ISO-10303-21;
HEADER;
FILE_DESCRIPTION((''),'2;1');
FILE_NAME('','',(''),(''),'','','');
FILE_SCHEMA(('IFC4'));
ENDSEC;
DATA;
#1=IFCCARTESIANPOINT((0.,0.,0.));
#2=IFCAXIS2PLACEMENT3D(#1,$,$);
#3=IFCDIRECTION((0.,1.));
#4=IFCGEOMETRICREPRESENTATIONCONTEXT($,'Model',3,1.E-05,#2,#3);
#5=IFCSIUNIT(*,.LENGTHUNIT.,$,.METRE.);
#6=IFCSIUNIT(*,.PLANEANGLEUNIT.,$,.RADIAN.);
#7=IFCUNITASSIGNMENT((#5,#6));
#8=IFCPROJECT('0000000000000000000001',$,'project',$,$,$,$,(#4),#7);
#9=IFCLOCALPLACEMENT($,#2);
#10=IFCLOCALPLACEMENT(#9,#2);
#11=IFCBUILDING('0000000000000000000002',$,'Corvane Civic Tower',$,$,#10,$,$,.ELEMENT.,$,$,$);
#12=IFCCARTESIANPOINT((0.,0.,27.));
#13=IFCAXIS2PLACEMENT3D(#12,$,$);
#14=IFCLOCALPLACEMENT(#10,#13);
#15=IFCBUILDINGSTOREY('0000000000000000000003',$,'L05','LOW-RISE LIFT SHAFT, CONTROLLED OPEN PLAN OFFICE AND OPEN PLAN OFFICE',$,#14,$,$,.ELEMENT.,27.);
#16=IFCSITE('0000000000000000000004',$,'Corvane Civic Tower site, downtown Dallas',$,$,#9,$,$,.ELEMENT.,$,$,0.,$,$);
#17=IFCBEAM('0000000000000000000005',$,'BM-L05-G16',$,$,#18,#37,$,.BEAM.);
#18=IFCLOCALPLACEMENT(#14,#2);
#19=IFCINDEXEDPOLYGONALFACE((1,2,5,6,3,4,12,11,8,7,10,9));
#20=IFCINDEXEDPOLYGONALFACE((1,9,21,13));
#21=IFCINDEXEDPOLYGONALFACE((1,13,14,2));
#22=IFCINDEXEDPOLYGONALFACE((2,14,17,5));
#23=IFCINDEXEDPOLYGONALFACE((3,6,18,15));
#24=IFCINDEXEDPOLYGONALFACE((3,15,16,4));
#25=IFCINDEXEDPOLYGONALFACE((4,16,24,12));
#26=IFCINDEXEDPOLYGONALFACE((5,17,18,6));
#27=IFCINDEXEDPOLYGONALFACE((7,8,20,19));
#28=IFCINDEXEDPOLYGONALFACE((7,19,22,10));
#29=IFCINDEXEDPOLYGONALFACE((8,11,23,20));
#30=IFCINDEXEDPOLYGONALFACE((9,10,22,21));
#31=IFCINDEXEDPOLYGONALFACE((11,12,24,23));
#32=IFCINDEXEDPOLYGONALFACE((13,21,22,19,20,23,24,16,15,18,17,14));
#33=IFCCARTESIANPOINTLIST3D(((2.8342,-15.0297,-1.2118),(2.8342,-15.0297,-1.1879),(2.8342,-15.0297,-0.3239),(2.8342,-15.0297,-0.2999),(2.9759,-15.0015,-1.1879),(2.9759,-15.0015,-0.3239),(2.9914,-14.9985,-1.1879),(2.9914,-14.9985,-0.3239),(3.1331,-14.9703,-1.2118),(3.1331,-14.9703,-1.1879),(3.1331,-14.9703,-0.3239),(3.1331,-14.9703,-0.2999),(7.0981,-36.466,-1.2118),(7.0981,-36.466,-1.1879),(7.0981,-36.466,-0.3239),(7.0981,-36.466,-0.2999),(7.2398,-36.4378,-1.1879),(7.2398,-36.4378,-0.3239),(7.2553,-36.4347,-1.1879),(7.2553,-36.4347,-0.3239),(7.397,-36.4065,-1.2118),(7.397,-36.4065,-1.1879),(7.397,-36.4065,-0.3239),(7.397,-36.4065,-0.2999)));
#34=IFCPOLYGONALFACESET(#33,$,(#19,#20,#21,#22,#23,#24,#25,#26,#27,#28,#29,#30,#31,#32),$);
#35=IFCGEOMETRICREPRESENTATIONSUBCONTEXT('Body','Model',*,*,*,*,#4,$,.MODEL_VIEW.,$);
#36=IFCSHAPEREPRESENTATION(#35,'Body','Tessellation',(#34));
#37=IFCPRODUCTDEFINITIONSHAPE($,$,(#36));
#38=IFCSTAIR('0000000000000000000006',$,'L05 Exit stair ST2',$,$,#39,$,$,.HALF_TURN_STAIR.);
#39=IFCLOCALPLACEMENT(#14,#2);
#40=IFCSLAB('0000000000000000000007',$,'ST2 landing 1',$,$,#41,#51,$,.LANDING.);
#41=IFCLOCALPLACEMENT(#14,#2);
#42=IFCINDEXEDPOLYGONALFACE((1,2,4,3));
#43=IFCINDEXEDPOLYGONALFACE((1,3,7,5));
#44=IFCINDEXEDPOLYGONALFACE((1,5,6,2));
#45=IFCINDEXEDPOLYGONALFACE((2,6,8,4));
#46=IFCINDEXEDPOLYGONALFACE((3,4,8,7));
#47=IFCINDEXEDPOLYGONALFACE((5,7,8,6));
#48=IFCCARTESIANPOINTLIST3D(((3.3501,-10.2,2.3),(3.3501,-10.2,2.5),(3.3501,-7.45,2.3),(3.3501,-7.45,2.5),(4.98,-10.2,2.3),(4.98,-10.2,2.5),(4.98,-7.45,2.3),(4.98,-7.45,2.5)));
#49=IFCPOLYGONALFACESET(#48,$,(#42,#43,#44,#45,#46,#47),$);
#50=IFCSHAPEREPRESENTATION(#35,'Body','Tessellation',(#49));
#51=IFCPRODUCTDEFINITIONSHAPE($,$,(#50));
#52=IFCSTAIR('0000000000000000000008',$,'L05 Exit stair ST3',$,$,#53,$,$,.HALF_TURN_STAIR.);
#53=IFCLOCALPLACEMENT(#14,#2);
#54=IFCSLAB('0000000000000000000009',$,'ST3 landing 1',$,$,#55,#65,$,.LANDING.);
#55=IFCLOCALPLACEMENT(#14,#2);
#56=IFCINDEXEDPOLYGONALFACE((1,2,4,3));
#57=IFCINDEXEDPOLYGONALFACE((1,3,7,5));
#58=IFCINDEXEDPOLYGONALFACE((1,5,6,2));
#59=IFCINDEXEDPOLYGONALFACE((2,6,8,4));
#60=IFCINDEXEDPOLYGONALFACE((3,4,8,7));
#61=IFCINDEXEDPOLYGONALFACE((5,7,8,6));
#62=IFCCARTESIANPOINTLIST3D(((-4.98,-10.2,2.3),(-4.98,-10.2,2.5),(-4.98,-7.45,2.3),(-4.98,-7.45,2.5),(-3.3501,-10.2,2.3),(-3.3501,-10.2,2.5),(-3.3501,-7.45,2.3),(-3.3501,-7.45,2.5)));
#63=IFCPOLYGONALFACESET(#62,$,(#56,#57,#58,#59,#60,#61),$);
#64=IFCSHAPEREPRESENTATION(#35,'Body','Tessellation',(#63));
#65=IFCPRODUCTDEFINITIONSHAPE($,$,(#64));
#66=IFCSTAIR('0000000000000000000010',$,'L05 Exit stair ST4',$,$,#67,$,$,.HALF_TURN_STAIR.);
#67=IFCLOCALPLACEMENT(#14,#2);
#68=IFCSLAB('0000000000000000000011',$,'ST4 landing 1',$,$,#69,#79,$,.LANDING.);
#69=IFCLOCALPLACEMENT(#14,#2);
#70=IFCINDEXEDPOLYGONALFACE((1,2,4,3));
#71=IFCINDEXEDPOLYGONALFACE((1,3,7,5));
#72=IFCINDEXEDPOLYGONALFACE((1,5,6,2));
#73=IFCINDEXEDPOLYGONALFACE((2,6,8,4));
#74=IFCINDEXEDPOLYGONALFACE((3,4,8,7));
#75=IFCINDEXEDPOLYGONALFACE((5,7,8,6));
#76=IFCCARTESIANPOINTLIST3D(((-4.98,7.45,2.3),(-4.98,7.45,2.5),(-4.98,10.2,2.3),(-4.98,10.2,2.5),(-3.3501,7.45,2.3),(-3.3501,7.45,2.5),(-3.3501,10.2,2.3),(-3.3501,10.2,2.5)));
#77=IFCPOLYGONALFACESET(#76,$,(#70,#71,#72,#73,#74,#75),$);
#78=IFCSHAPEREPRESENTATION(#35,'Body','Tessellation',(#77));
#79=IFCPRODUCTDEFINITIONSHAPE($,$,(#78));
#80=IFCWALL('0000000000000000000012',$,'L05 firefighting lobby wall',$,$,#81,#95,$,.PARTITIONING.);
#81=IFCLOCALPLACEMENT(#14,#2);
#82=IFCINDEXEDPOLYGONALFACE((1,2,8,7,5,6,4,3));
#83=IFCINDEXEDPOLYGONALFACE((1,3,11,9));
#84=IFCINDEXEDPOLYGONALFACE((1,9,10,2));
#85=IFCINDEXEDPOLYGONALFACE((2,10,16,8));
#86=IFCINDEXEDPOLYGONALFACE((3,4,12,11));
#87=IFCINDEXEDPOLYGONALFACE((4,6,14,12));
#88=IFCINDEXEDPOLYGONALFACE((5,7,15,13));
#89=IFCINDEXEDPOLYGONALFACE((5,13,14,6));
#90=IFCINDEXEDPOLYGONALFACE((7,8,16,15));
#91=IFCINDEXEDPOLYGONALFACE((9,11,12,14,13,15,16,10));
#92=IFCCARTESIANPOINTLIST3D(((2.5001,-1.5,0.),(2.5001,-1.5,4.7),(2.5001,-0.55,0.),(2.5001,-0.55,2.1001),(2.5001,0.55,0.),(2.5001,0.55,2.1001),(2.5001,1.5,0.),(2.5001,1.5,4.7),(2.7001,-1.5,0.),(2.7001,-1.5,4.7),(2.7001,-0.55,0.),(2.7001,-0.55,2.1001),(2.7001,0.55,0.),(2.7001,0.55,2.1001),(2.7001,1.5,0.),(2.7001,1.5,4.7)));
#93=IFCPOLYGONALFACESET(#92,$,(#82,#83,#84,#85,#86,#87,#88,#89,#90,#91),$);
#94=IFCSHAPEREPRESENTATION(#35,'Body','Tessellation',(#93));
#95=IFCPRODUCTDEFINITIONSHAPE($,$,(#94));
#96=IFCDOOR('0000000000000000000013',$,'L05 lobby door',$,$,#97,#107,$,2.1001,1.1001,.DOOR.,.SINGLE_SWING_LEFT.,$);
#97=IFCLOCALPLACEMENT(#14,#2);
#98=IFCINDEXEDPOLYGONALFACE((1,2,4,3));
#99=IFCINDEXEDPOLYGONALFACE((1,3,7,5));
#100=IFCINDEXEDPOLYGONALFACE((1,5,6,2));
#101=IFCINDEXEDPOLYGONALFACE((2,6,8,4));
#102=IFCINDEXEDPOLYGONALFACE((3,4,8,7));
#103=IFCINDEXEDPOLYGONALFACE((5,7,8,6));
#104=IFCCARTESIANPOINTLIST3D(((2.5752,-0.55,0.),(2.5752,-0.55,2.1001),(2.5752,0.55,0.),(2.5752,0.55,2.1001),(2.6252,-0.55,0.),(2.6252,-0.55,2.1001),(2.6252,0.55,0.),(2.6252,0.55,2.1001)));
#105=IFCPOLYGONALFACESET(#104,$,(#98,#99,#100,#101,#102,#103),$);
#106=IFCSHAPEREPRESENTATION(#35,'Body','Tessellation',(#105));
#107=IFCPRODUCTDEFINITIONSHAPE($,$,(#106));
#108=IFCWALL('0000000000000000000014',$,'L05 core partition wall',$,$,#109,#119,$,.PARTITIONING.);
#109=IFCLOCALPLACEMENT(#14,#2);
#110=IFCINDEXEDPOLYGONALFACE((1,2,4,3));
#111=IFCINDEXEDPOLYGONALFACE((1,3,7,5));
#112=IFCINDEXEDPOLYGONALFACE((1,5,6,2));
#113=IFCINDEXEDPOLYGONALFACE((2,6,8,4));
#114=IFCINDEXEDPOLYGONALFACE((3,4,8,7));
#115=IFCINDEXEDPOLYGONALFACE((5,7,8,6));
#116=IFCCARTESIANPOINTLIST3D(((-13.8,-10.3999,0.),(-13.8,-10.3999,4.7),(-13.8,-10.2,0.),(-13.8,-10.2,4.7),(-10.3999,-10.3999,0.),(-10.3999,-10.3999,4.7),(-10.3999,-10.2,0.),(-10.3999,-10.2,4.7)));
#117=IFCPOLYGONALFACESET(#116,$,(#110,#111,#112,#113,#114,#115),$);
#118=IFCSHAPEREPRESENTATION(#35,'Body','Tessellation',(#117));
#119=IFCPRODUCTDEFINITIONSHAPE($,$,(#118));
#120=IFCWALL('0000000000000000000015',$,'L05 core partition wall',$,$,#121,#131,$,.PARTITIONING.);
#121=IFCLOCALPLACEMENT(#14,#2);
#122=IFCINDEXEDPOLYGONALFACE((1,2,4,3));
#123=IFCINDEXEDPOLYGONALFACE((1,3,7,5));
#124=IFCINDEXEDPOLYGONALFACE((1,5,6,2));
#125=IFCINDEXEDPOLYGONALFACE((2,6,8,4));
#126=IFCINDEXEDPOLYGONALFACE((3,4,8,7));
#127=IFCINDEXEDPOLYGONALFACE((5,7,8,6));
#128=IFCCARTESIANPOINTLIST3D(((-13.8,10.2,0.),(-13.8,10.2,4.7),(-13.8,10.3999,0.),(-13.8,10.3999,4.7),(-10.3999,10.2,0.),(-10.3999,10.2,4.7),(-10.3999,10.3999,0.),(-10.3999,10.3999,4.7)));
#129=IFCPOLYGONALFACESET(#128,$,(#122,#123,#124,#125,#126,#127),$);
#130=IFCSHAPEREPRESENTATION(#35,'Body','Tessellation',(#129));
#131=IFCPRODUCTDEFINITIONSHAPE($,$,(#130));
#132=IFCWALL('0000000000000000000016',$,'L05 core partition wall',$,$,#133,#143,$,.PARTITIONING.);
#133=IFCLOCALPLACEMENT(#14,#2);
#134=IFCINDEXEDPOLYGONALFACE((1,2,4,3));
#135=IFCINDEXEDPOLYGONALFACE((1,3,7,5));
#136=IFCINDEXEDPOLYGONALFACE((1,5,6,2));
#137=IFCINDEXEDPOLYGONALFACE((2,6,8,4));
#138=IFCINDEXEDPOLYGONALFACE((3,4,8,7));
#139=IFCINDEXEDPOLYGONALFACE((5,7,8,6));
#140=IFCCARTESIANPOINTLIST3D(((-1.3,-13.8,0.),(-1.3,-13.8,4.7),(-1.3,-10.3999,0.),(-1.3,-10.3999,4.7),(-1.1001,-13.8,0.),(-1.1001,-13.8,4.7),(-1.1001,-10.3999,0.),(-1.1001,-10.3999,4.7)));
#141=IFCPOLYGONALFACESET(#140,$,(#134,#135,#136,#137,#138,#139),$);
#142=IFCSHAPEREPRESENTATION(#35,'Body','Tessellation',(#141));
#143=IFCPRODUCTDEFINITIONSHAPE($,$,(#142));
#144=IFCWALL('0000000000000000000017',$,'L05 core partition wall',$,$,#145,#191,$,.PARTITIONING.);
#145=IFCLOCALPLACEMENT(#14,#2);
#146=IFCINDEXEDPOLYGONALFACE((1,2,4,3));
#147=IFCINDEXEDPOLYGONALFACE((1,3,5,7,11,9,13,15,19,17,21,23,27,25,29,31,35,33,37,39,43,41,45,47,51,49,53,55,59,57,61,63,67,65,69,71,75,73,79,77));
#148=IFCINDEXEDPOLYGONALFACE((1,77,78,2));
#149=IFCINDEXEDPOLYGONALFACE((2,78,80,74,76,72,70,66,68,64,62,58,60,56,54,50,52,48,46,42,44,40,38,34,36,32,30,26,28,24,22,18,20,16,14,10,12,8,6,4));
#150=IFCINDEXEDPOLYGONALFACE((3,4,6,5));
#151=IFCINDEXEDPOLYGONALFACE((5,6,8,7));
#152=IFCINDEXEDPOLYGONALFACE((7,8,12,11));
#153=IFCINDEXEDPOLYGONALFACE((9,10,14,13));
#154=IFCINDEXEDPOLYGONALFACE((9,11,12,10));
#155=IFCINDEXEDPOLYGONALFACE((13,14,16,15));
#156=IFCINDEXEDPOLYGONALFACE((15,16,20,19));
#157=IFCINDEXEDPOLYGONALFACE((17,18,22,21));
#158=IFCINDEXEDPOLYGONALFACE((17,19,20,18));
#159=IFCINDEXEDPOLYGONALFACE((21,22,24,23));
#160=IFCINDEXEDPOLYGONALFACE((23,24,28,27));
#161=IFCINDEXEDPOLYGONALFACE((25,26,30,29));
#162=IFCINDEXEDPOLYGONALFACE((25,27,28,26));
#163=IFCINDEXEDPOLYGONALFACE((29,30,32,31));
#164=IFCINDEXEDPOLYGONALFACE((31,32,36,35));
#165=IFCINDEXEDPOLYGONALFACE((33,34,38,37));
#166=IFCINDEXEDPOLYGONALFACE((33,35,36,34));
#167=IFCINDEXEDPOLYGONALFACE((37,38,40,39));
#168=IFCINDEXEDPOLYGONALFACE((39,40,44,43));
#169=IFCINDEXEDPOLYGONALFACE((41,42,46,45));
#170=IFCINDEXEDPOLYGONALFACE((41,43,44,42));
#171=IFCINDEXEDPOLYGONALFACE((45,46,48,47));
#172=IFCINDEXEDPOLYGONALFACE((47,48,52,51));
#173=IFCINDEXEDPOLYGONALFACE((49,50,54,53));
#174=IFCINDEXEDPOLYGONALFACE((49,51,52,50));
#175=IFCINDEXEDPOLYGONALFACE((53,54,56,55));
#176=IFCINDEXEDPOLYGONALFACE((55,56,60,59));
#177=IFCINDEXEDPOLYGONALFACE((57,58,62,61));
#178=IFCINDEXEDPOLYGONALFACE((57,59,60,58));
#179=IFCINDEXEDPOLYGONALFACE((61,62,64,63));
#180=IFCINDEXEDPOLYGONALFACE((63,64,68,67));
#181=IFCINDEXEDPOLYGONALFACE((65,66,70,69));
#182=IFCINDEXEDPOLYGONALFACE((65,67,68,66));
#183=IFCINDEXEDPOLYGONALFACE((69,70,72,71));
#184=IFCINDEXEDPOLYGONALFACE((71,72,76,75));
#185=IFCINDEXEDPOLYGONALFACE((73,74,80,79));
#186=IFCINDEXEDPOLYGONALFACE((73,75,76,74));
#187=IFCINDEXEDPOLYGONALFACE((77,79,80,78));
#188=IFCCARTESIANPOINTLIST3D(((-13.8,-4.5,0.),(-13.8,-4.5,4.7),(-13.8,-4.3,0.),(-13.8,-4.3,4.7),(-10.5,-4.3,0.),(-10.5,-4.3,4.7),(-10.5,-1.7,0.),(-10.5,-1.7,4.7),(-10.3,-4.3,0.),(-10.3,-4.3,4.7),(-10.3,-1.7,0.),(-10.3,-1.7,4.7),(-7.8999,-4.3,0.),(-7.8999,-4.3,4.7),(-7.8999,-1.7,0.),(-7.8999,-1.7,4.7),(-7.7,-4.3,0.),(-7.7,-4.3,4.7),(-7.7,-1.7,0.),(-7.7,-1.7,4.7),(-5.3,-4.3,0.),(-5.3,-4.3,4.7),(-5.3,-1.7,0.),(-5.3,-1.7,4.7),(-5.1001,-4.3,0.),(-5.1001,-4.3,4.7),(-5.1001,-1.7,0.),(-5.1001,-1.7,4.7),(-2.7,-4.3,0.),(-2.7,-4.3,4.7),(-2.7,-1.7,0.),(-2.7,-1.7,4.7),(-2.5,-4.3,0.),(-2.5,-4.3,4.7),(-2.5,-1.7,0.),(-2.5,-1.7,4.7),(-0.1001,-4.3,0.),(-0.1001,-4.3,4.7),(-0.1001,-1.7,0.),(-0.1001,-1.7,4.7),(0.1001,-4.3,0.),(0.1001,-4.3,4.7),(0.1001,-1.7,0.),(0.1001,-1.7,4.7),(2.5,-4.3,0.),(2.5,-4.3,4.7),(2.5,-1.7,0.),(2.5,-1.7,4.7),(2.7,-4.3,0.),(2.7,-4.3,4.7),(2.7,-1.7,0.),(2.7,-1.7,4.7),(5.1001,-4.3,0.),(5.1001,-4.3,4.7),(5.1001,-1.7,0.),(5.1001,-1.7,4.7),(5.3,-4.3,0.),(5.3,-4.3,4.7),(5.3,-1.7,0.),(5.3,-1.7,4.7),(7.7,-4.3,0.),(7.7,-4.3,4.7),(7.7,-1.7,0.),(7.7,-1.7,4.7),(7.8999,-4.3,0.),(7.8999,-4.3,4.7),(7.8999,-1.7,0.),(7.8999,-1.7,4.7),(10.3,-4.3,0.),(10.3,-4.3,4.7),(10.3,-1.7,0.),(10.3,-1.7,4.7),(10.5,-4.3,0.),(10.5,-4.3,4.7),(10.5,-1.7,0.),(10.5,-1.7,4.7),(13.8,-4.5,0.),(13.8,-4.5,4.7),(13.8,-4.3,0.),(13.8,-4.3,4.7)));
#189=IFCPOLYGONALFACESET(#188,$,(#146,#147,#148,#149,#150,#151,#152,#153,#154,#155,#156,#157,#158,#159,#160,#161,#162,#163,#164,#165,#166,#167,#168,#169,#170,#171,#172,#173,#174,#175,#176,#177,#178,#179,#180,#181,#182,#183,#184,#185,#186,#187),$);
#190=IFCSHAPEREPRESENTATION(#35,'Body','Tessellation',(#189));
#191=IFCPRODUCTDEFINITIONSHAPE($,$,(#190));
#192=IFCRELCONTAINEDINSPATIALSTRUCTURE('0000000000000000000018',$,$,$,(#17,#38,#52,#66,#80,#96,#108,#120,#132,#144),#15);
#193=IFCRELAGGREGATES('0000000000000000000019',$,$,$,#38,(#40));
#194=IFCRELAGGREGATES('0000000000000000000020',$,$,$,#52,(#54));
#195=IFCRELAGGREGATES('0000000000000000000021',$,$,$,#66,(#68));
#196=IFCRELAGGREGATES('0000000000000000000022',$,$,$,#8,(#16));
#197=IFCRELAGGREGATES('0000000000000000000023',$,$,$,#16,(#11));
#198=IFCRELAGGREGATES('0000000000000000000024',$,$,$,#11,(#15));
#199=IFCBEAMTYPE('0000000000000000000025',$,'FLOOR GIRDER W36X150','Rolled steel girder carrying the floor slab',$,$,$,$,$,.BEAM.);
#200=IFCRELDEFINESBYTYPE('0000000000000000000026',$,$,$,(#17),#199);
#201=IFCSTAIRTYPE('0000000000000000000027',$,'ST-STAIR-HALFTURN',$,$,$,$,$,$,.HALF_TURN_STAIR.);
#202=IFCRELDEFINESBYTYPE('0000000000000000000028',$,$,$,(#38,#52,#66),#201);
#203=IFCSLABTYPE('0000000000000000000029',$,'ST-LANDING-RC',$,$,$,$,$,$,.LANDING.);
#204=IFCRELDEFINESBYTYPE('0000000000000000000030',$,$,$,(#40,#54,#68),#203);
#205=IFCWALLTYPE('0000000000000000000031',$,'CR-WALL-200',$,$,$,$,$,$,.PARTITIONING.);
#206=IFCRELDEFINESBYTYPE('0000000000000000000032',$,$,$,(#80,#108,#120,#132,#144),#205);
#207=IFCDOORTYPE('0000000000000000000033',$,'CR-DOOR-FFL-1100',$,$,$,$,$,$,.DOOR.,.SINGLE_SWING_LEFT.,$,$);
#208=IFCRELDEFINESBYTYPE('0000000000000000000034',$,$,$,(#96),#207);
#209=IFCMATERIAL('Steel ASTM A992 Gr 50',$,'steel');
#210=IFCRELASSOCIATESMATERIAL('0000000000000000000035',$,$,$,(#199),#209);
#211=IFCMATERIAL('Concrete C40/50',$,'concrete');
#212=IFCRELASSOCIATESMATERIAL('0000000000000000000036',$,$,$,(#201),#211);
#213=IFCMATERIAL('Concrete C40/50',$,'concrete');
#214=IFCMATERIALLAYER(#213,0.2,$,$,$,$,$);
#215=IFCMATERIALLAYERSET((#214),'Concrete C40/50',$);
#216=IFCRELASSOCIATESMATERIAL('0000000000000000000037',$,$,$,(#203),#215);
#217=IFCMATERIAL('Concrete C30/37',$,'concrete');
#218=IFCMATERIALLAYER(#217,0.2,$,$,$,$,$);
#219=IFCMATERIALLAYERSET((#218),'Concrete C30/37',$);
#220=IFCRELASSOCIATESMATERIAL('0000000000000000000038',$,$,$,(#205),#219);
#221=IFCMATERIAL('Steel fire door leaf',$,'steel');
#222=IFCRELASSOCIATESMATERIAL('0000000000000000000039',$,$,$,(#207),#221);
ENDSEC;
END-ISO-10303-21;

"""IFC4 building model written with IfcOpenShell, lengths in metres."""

from ifc_helpers import new_model, si_unit, direction, frame, frame_2d, origin, origin_2d, place, context, subcontext, project, spatial, polyline, rectangle, i_section, outline, extrude, material, layer, layer_set, material_profile, profile_set, type_object, element, fill, aggregate, save


model = new_model("IFC4")

# Units and contexts
model_context = context("Model", 3, precision=1e-05, world=origin(), true_north=direction((0.0, 1.0)))
body_context = subcontext(model_context, "Body", "Model", "MODEL_VIEW")
ifc_project = project(units=[si_unit("LENGTHUNIT", "METRE"), si_unit("PLANEANGLEUNIT", "RADIAN")], contexts=[model_context])

# Site, building, storey
site_placement = place(None, origin())
site = spatial("IfcSite", under=ifc_project, at=site_placement, Name="Corvane Civic Tower site, downtown Dallas", CompositionType="ELEMENT", RefElevation=0.0)
building_placement = place(site_placement, origin())
building = spatial("IfcBuilding", under=site, at=building_placement, Name="Corvane Civic Tower", CompositionType="ELEMENT")
storey_placement = place(building_placement, frame((0.0, 0.0, 27.0)))
storey = spatial("IfcBuildingStorey", under=building, at=storey_placement, Name="L05", Description="LOW-RISE LIFT SHAFT, CONTROLLED OPEN PLAN OFFICE AND OPEN PLAN OFFICE", CompositionType="ELEMENT", Elevation=27.0)

# Beam
ifc_material_1 = material(Name="Steel ASTM A992 Gr 50", Category="steel")
ifc_material_profile = material_profile(ifc_material_1, i_section(OverallWidth=0.3047, OverallDepth=0.9119, WebThickness=0.0159, FlangeThickness=0.0239, at=origin_2d()), Name="W36X150")
ifc_profile_set = profile_set([ifc_material_profile], Name="Steel ASTM A992 Gr 50")
beam_type = type_object("IfcBeamType", Name="FLOOR GIRDER W36X150", Description="Rolled steel girder carrying the floor slab", PredefinedType="BEAM", material=ifc_profile_set)
beam_placement = place(storey_placement, frame((2.9836, -15.0, -0.7559), z_axis=(0.195089, -0.980785, 0.0), x_axis=(0.980785, 0.195089, 0.0)))
element("IfcBeam", 1, at=beam_placement, inside=storey, type_object=beam_type, Name="BM-L05-G16", PredefinedType="BEAM", context=body_context, shape_type="SweptSolid", body=[
    extrude(i_section(OverallWidth=0.3047, OverallDepth=0.9119, WebThickness=0.0159, FlangeThickness=0.0239, at=origin_2d()), origin(), (0.0, 0.0, 1.0), 21.8562),
])

# Stairs, slabs
ifc_material_2 = material(Name="Concrete C40/50", Category="concrete")
stair_type = type_object("IfcStairType", Name="ST-STAIR-HALFTURN", PredefinedType="HALF_TURN_STAIR", material=ifc_material_2)
stair_1_placement = place(storey_placement, origin())
stair_1 = element("IfcStair", 2, at=stair_1_placement, inside=storey, type_object=stair_type, Name="L05 Exit stair ST2", PredefinedType="HALF_TURN_STAIR")
ifc_material_3 = material(Name="Concrete C40/50", Category="concrete")
ifc_layer_1 = layer(ifc_material_3, 0.2)
ifc_layer_set_1 = layer_set([ifc_layer_1], Name="Concrete C40/50")
slab_type = type_object("IfcSlabType", Name="ST-LANDING-RC", PredefinedType="LANDING", material=ifc_layer_set_1)
slab_1_placement = place(storey_placement, frame((0.0, 0.0, 2.3)))
slab_1 = element("IfcSlab", 3, at=slab_1_placement, type_object=slab_type, Name="ST2 landing 1", PredefinedType="LANDING", context=body_context, shape_type="SweptSolid", body=[
    extrude(outline(polyline([(4.98, -7.45), (3.3501, -7.45), (3.3501, -10.2), (4.98, -10.2), (4.98, -7.45)])), origin(), (0.0, 0.0, 1.0), 0.2),
])
aggregate(stair_1, [slab_1])
stair_2_placement = place(storey_placement, origin())
stair_2 = element("IfcStair", 4, at=stair_2_placement, inside=storey, type_object=stair_type, Name="L05 Exit stair ST3", PredefinedType="HALF_TURN_STAIR")
slab_2_placement = place(storey_placement, frame((0.0, 0.0, 2.3)))
slab_2 = element("IfcSlab", 5, at=slab_2_placement, type_object=slab_type, Name="ST3 landing 1", PredefinedType="LANDING", context=body_context, shape_type="SweptSolid", body=[
    extrude(outline(polyline([(-4.98, -10.2), (-3.3501, -10.2), (-3.3501, -7.45), (-4.98, -7.45), (-4.98, -10.2)])), origin(), (0.0, 0.0, 1.0), 0.2),
])
aggregate(stair_2, [slab_2])
stair_3_placement = place(storey_placement, origin())
stair_3 = element("IfcStair", 6, at=stair_3_placement, inside=storey, type_object=stair_type, Name="L05 Exit stair ST4", PredefinedType="HALF_TURN_STAIR")
slab_3_placement = place(storey_placement, frame((0.0, 0.0, 2.3)))
slab_3 = element("IfcSlab", 7, at=slab_3_placement, type_object=slab_type, Name="ST4 landing 1", PredefinedType="LANDING", context=body_context, shape_type="SweptSolid", body=[
    extrude(outline(polyline([(-4.98, 7.45), (-3.3501, 7.45), (-3.3501, 10.2), (-4.98, 10.2), (-4.98, 7.45)])), origin(), (0.0, 0.0, 1.0), 0.2),
])
aggregate(stair_3, [slab_3])

# Wall, opening, door
ifc_material_4 = material(Name="Concrete C30/37", Category="concrete")
ifc_layer_2 = layer(ifc_material_4, 0.2)
ifc_layer_set_2 = layer_set([ifc_layer_2], Name="Concrete C30/37")
wall_type_1 = type_object("IfcWallType", Name="CR-WALL-200", PredefinedType="PARTITIONING", material=ifc_layer_set_2)
wall_1_placement = place(storey_placement, frame((2.6001, -1.5, 0.0), z_axis=(0.0, 0.0, 1.0), x_axis=(0.0, 1.0, 0.0)))
wall_1 = element("IfcWall", 8, at=wall_1_placement, inside=storey, type_object=wall_type_1, Name="L05 firefighting lobby wall", PredefinedType="PARTITIONING", context=body_context, shape_type="SweptSolid", body=[
    extrude(rectangle(XDim=3.0, YDim=0.2, at=frame_2d((1.5, 0.0))), origin(), (0.0, 0.0, 1.0), 4.7),
])
opening_1_placement = place(wall_1_placement, frame((0.95, 0.0, 0.0)))
opening_1 = element("IfcOpeningElement", 9, at=opening_1_placement, cuts=wall_1, PredefinedType="OPENING", context=body_context, shape_type="SweptSolid", body=[
    extrude(rectangle(XDim=1.1001, YDim=2.1001, at=frame_2d((0.55, 1.05))), frame((0.0, 0.1099, 0.0), z_axis=(0.0, -1.0, 0.0), x_axis=(1.0, 0.0, 0.0)), (0.0, 0.0, 1.0), 0.22),
])
ifc_material_5 = material(Name="Steel fire door leaf", Category="steel")
door_type_1 = type_object("IfcDoorType", Name="CR-DOOR-FFL-1100", OperationType="SINGLE_SWING_LEFT", PredefinedType="DOOR", material=ifc_material_5)
door_1_placement = place(opening_1_placement, origin())
door_1 = element("IfcDoor", 10, at=door_1_placement, inside=storey, type_object=door_type_1, Name="L05 lobby door", OperationType="SINGLE_SWING_LEFT", OverallHeight=2.1001, OverallWidth=1.1001, PredefinedType="DOOR", context=body_context, shape_type="SweptSolid", body=[
    extrude(rectangle(XDim=1.1001, YDim=2.1001, at=frame_2d((0.55, 1.05))), frame((0.0, 0.0249, 0.0), z_axis=(0.0, -1.0, 0.0), x_axis=(1.0, 0.0, 0.0)), (0.0, 0.0, 1.0), 0.05),
])
fill(opening_1, door_1)

# Walls
wall_2_placement = place(storey_placement, origin())
element("IfcWall", 11, at=wall_2_placement, inside=storey, type_object=wall_type_1, Name="L05 core partition wall", PredefinedType="PARTITIONING", context=body_context, shape_type="SweptSolid", body=[
    extrude(outline(polyline([(-10.3999, -10.3999), (-13.8, -10.3999), (-13.8, -10.2), (-10.3999, -10.2), (-10.3999, -10.3999)])), origin(), (0.0, 0.0, 1.0), 4.7),
])
wall_3_placement = place(storey_placement, origin())
element("IfcWall", 12, at=wall_3_placement, inside=storey, type_object=wall_type_1, Name="L05 core partition wall", PredefinedType="PARTITIONING", context=body_context, shape_type="SweptSolid", body=[
    extrude(outline(polyline([(-13.8, 10.2), (-13.8, 10.3999), (-10.3999, 10.3999), (-10.3999, 10.2), (-13.8, 10.2)])), origin(), (0.0, 0.0, 1.0), 4.7),
])
wall_4_placement = place(storey_placement, origin())
element("IfcWall", 13, at=wall_4_placement, inside=storey, type_object=wall_type_1, Name="L05 core partition wall", PredefinedType="PARTITIONING", context=body_context, shape_type="SweptSolid", body=[
    extrude(outline(polyline([(-1.1001, -10.3999), (-1.1001, -13.8), (-1.3, -13.8), (-1.3, -10.3999), (-1.1001, -10.3999)])), origin(), (0.0, 0.0, 1.0), 4.7),
])
wall_5_placement = place(storey_placement, origin())
element("IfcWall", 14, at=wall_5_placement, inside=storey, type_object=wall_type_1, Name="L05 core partition wall", PredefinedType="PARTITIONING", context=body_context, shape_type="SweptSolid", body=[
    extrude(outline(polyline([(-10.5, -1.7), (-10.3, -1.7), (-10.3, -4.3), (-7.8999, -4.3), (-7.8999, -1.7), (-7.7, -1.7), (-7.7, -4.3), (-5.3, -4.3), (-5.3, -1.7), (-5.1001, -1.7), (-5.1001, -4.3), (-2.7, -4.3), (-2.7, -1.7), (-2.5, -1.7), (-2.5, -4.3), (-0.1001, -4.3), (-0.1001, -1.7), (0.1001, -1.7), (0.1001, -4.3), (2.5, -4.3), (2.5, -1.7), (2.7, -1.7), (2.7, -4.3), (5.1001, -4.3), (5.1001, -1.7), (5.3, -1.7), (5.3, -4.3), (7.7, -4.3), (7.7, -1.7), (7.8999, -1.7), (7.8999, -4.3), (10.3, -4.3), (10.3, -1.7), (10.5, -1.7), (10.5, -4.3), (13.8, -4.3), (13.8, -4.5), (-13.8, -4.5), (-13.8, -4.3), (-10.5, -4.3), (-10.5, -1.7)])), origin(), (0.0, 0.0, 1.0), 4.7),
])

save(model, "model.ifc")
